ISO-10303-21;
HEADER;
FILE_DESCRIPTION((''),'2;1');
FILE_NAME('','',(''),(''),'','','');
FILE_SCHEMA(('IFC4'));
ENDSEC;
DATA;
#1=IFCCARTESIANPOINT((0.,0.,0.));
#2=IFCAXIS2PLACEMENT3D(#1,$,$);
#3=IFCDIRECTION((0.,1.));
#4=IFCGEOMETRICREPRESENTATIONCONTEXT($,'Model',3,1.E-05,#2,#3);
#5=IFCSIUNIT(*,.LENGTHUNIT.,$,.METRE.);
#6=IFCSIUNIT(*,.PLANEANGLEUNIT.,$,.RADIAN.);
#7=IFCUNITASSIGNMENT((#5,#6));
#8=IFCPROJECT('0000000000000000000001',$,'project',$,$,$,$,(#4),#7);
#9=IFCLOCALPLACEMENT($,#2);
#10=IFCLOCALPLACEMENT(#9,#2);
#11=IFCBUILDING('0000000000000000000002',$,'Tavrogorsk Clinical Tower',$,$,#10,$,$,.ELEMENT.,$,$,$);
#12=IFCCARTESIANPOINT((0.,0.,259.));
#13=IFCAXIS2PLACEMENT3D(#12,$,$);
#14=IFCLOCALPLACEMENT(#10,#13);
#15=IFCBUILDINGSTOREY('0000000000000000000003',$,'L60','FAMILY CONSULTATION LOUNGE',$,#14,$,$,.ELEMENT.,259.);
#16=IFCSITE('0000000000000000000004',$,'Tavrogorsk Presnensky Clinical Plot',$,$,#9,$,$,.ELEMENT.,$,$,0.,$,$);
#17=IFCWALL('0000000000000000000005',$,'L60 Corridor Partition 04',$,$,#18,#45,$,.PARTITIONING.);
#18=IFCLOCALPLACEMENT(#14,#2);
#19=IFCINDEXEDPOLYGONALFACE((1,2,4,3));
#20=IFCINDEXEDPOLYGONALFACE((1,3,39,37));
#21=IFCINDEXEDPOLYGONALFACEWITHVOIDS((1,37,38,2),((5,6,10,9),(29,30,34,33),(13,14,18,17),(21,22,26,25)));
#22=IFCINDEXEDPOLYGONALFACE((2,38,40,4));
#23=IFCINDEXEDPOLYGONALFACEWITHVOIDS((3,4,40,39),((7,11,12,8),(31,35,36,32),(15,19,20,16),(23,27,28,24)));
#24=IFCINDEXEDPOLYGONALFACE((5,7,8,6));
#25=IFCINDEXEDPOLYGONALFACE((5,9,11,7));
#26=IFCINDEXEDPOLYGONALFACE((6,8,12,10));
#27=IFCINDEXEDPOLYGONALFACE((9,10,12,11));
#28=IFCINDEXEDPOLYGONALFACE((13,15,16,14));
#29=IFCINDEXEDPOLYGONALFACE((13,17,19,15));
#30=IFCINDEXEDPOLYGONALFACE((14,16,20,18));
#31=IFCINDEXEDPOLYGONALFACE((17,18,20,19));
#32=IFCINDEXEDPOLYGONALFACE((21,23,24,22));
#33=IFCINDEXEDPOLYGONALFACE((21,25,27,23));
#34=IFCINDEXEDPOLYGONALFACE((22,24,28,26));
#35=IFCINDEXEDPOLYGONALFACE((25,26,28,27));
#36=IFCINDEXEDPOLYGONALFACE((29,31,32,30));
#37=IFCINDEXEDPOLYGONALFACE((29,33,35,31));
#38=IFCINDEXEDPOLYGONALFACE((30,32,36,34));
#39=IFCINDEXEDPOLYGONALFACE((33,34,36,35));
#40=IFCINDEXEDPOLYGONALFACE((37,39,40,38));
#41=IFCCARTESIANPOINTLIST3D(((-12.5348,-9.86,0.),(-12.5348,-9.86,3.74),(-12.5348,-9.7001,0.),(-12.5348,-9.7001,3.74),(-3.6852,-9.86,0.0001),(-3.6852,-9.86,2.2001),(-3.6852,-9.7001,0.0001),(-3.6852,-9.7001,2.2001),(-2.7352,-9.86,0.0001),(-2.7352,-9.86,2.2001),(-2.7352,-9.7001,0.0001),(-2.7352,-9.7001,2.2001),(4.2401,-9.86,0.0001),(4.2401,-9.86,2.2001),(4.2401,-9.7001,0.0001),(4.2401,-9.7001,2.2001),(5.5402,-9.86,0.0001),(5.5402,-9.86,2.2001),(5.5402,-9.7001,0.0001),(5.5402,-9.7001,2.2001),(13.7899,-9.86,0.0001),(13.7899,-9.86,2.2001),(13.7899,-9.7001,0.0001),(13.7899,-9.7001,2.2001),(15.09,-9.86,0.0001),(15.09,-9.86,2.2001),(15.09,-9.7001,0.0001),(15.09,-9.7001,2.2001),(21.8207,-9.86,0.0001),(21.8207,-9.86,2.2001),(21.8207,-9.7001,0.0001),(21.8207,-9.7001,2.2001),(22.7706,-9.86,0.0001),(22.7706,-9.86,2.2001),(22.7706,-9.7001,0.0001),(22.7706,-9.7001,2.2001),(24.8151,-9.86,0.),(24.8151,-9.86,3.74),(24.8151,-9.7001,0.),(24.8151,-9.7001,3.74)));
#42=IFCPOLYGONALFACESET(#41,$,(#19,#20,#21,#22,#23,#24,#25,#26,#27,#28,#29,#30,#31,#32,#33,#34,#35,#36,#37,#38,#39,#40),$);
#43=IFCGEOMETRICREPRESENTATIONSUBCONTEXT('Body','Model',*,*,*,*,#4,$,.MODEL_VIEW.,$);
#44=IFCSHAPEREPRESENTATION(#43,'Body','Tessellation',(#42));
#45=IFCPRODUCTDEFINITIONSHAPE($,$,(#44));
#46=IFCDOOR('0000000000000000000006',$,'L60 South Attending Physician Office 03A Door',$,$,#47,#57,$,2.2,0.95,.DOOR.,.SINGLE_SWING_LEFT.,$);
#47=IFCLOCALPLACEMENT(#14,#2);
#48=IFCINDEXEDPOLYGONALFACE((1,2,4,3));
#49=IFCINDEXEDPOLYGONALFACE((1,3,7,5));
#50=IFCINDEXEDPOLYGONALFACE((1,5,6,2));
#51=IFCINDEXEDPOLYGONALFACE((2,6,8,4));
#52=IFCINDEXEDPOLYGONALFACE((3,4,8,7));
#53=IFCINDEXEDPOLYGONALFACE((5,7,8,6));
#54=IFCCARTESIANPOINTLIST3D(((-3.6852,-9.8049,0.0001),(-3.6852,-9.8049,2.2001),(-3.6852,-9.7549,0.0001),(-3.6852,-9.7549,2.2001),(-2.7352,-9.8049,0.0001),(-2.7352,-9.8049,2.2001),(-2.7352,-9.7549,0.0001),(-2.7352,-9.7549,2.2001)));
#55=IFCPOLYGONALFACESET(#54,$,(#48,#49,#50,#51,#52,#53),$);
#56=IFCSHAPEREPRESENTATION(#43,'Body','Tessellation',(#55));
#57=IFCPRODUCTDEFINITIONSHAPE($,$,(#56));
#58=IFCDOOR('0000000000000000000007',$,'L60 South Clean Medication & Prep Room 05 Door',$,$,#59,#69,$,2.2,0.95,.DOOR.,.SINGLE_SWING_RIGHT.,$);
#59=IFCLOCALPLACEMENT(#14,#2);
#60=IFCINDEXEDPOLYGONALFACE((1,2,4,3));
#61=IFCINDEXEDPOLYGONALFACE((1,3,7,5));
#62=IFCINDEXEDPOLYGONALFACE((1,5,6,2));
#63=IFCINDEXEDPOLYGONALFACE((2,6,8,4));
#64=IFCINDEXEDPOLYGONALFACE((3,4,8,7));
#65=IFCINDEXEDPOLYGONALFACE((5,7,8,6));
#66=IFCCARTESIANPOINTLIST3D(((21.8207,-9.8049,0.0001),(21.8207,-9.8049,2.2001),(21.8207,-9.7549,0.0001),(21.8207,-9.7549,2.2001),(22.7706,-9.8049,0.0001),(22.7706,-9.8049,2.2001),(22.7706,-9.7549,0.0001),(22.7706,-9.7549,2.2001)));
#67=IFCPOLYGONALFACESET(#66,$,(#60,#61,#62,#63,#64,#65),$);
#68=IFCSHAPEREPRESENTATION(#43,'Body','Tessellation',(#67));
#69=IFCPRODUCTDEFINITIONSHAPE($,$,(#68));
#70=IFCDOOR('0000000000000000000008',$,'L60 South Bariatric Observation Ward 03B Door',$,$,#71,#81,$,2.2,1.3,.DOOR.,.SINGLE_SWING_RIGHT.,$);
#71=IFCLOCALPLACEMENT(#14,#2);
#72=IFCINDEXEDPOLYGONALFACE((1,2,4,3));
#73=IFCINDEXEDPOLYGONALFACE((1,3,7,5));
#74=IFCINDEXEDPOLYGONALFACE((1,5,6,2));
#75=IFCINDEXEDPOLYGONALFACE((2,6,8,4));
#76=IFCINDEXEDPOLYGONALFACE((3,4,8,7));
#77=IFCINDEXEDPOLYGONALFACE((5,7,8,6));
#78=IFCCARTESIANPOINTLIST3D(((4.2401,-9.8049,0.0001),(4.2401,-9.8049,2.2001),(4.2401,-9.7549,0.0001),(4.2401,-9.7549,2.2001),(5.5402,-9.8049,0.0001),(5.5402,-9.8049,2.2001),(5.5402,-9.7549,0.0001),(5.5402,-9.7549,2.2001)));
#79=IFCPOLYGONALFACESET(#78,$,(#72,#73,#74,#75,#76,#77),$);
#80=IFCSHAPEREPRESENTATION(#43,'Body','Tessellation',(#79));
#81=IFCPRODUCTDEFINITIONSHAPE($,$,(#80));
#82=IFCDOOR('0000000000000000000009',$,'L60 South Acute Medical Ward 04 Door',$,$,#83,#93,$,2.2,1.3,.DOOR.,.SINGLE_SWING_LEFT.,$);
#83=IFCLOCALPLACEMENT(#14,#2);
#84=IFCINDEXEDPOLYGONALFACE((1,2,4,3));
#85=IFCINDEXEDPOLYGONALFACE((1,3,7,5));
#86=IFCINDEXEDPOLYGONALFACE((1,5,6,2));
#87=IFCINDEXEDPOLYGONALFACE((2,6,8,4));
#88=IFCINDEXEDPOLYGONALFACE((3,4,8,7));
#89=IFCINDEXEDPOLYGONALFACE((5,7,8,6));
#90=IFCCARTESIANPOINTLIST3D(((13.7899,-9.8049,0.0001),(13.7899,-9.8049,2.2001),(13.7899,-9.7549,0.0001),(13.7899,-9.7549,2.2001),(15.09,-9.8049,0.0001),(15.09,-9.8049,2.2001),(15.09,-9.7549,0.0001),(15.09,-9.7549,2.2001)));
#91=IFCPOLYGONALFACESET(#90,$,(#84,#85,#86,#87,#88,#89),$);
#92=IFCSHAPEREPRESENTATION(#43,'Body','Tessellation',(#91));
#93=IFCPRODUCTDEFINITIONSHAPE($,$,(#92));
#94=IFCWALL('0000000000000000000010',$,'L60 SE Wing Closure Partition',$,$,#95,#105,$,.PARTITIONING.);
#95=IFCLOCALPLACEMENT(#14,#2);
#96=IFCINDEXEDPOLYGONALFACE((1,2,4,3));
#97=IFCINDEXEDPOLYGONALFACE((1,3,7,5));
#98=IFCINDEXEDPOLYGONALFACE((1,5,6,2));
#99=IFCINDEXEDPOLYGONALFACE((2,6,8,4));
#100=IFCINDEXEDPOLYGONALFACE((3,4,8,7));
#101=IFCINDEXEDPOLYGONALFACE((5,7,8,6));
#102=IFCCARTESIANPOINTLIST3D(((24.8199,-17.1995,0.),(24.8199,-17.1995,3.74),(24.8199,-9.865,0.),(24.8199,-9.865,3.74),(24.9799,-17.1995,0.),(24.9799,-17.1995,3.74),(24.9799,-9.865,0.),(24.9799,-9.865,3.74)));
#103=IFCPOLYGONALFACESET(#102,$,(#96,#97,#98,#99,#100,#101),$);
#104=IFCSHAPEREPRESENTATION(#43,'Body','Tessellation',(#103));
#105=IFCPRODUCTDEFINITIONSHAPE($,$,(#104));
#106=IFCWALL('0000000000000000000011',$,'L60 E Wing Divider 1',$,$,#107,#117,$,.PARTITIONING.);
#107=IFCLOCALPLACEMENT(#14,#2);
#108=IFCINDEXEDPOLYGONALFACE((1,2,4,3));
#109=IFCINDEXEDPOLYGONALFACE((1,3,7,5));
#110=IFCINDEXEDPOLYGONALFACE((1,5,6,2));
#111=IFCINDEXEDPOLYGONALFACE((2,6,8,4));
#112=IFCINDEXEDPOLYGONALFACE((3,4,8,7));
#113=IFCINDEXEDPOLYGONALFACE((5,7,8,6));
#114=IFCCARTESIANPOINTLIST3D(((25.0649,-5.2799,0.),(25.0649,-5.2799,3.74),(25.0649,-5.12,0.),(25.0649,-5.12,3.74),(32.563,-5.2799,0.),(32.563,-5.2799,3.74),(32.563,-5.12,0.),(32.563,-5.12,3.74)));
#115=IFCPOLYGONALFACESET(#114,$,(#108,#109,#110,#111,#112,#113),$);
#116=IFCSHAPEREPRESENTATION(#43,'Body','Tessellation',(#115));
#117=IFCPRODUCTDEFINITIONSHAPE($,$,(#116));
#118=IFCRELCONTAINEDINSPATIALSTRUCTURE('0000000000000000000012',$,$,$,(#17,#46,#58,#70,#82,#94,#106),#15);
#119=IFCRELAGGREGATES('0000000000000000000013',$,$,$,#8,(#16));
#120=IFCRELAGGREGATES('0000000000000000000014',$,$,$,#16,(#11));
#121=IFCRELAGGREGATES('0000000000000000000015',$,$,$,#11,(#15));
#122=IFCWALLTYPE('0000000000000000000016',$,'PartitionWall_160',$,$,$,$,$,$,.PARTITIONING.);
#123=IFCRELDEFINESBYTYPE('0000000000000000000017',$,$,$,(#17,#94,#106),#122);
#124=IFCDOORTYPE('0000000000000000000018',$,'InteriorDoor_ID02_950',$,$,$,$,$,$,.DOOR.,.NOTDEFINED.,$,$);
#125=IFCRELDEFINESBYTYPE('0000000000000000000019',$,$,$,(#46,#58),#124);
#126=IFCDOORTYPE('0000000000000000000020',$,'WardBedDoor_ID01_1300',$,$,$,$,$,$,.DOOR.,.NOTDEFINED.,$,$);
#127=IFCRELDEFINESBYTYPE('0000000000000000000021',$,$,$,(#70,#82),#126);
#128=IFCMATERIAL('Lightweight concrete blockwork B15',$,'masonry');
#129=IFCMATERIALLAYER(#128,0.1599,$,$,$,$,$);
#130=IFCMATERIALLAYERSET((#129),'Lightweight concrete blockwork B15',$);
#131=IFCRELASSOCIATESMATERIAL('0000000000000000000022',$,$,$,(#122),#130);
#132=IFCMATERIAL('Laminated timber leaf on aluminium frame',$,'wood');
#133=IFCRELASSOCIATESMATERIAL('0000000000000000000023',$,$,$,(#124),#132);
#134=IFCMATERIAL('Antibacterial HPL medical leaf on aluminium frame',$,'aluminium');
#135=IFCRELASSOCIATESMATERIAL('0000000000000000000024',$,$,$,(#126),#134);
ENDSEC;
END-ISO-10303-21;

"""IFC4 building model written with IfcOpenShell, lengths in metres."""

from ifc_helpers import new_model, si_unit, direction, frame, frame_2d, origin, place, context, subcontext, project, spatial, rectangle, extrude, material, layer, layer_set, type_object, element, fill, save


model = new_model("IFC4")

# Units and contexts
model_context = context("Model", 3, precision=1e-05, world=origin(), true_north=direction((0.0, 1.0)))
body_context = subcontext(model_context, "Body", "Model", "MODEL_VIEW")
ifc_project = project(units=[si_unit("LENGTHUNIT", "METRE"), si_unit("PLANEANGLEUNIT", "RADIAN")], contexts=[model_context])

# Site, building, storey
site_placement = place(None, origin())
site = spatial("IfcSite", under=ifc_project, at=site_placement, Name="Tavrogorsk Presnensky Clinical Plot", CompositionType="ELEMENT", RefElevation=0.0)
building_placement = place(site_placement, origin())
building = spatial("IfcBuilding", under=site, at=building_placement, Name="Tavrogorsk Clinical Tower", CompositionType="ELEMENT")
storey_placement = place(building_placement, frame((0.0, 0.0, 259.0)))
storey = spatial("IfcBuildingStorey", under=building, at=storey_placement, Name="L60", Description="FAMILY CONSULTATION LOUNGE", CompositionType="ELEMENT", Elevation=259.0)

# Shared definitions
ifc_material_1 = material(Name="Lightweight concrete blockwork B15", Category="masonry")
ifc_layer_1 = layer(ifc_material_1, 0.1599)
ifc_layer_set_1 = layer_set([ifc_layer_1], Name="Lightweight concrete blockwork B15")
wall_type_1 = type_object("IfcWallType", Name="PartitionWall_160", PredefinedType="PARTITIONING", material=ifc_layer_set_1)

# Wall, openings, doors
wall_1_placement = place(storey_placement, frame((24.8149, -9.78, 0.0), z_axis=(0.0, 0.0, 1.0), x_axis=(-1.0, 0.0, 0.0)))
wall_1 = element("IfcWall", 1, at=wall_1_placement, inside=storey, type_object=wall_type_1, Name="L60 Corridor Partition 04", PredefinedType="PARTITIONING", context=body_context, shape_type="SweptSolid", body=[
    extrude(rectangle(XDim=37.3499, YDim=0.1599, at=frame_2d((18.6748, 0.0))), origin(), (0.0, 0.0, 1.0), 3.74),
])
opening_1_placement = place(wall_1_placement, frame((27.55, 0.0, 0.0)))
opening_1 = element("IfcOpeningElement", 2, at=opening_1_placement, cuts=wall_1, PredefinedType="OPENING", context=body_context, shape_type="SweptSolid", body=[
    extrude(rectangle(XDim=0.95, YDim=2.2, at=frame_2d((0.4751, 1.1001))), frame((0.0, 0.0898, 0.0), z_axis=(0.0, -1.0, 0.0), x_axis=(1.0, 0.0, 0.0)), (0.0, 0.0, 1.0), 0.1799),
])
opening_2_placement = place(wall_1_placement, frame((19.2749, 0.0, 0.0)))
opening_2 = element("IfcOpeningElement", 3, at=opening_2_placement, cuts=wall_1, PredefinedType="OPENING", context=body_context, shape_type="SweptSolid", body=[
    extrude(rectangle(XDim=1.3, YDim=2.2, at=frame_2d((0.6499, 1.1001))), frame((0.0, 0.0898, 0.0), z_axis=(0.0, -1.0, 0.0), x_axis=(1.0, 0.0, 0.0)), (0.0, 0.0, 1.0), 0.1799),
])
opening_3_placement = place(wall_1_placement, frame((9.7251, 0.0, 0.0)))
opening_3 = element("IfcOpeningElement", 4, at=opening_3_placement, cuts=wall_1, PredefinedType="OPENING", context=body_context, shape_type="SweptSolid", body=[
    extrude(rectangle(XDim=1.3, YDim=2.2, at=frame_2d((0.6499, 1.1001))), frame((0.0, 0.0898, 0.0), z_axis=(0.0, -1.0, 0.0), x_axis=(1.0, 0.0, 0.0)), (0.0, 0.0, 1.0), 0.1799),
])
opening_4_placement = place(wall_1_placement, frame((2.0442, 0.0, 0.0)))
opening_4 = element("IfcOpeningElement", 5, at=opening_4_placement, cuts=wall_1, PredefinedType="OPENING", context=body_context, shape_type="SweptSolid", body=[
    extrude(rectangle(XDim=0.95, YDim=2.2, at=frame_2d((0.4751, 1.1001))), frame((0.0, 0.0898, 0.0), z_axis=(0.0, -1.0, 0.0), x_axis=(1.0, 0.0, 0.0)), (0.0, 0.0, 1.0), 0.1799),
])
ifc_material_2 = material(Name="Laminated timber leaf on aluminium frame", Category="wood")
door_type_1 = type_object("IfcDoorType", Name="InteriorDoor_ID02_950", OperationType="NOTDEFINED", PredefinedType="DOOR", material=ifc_material_2)
door_1_placement = place(opening_1_placement, origin())
door_1 = element("IfcDoor", 6, at=door_1_placement, inside=storey, type_object=door_type_1, Name="L60 South Attending Physician Office 03A Door", OperationType="SINGLE_SWING_LEFT", OverallHeight=2.2, OverallWidth=0.95, PredefinedType="DOOR", context=body_context, shape_type="SweptSolid", body=[
    extrude(rectangle(XDim=0.95, YDim=2.2, at=frame_2d((0.4751, 1.1001))), frame((0.0, 0.0249, 0.0), z_axis=(0.0, -1.0, 0.0), x_axis=(1.0, 0.0, 0.0)), (0.0, 0.0, 1.0), 0.05),
])
fill(opening_1, door_1)
door_2_placement = place(opening_4_placement, origin())
door_2 = element("IfcDoor", 7, at=door_2_placement, inside=storey, type_object=door_type_1, Name="L60 South Clean Medication & Prep Room 05 Door", OperationType="SINGLE_SWING_RIGHT", OverallHeight=2.2, OverallWidth=0.95, PredefinedType="DOOR", context=body_context, shape_type="SweptSolid", body=[
    extrude(rectangle(XDim=0.95, YDim=2.2, at=frame_2d((0.4751, 1.1001))), frame((0.0, 0.0249, 0.0), z_axis=(0.0, -1.0, 0.0), x_axis=(1.0, 0.0, 0.0)), (0.0, 0.0, 1.0), 0.05),
])
fill(opening_4, door_2)
ifc_material_3 = material(Name="Antibacterial HPL medical leaf on aluminium frame", Category="aluminium")
door_type_2 = type_object("IfcDoorType", Name="WardBedDoor_ID01_1300", OperationType="NOTDEFINED", PredefinedType="DOOR", material=ifc_material_3)
door_3_placement = place(opening_2_placement, origin())
door_3 = element("IfcDoor", 8, at=door_3_placement, inside=storey, type_object=door_type_2, Name="L60 South Bariatric Observation Ward 03B Door", OperationType="SINGLE_SWING_RIGHT", OverallHeight=2.2, OverallWidth=1.3, PredefinedType="DOOR", context=body_context, shape_type="SweptSolid", body=[
    extrude(rectangle(XDim=1.3, YDim=2.2, at=frame_2d((0.6499, 1.1001))), frame((0.0, 0.0249, 0.0), z_axis=(0.0, -1.0, 0.0), x_axis=(1.0, 0.0, 0.0)), (0.0, 0.0, 1.0), 0.05),
])
fill(opening_2, door_3)
door_4_placement = place(opening_3_placement, origin())
door_4 = element("IfcDoor", 9, at=door_4_placement, inside=storey, type_object=door_type_2, Name="L60 South Acute Medical Ward 04 Door", OperationType="SINGLE_SWING_LEFT", OverallHeight=2.2, OverallWidth=1.3, PredefinedType="DOOR", context=body_context, shape_type="SweptSolid", body=[
    extrude(rectangle(XDim=1.3, YDim=2.2, at=frame_2d((0.6499, 1.1001))), frame((0.0, 0.0249, 0.0), z_axis=(0.0, -1.0, 0.0), x_axis=(1.0, 0.0, 0.0)), (0.0, 0.0, 1.0), 0.05),
])
fill(opening_3, door_4)

# Walls
wall_2_placement = place(storey_placement, frame((24.8999, -17.1995, 0.0), z_axis=(0.0, 0.0, 1.0), x_axis=(0.0, 1.0, 0.0)))
element("IfcWall", 10, at=wall_2_placement, inside=storey, type_object=wall_type_1, Name="L60 SE Wing Closure Partition", PredefinedType="PARTITIONING", context=body_context, shape_type="SweptSolid", body=[
    extrude(rectangle(XDim=7.3345, YDim=0.1599, at=frame_2d((3.6672, 0.0))), origin(), (0.0, 0.0, 1.0), 3.74),
])
wall_3_placement = place(storey_placement, frame((25.0649, -5.2, 0.0), z_axis=(0.0, 0.0, 1.0), x_axis=(1.0, 0.0, 0.0)))
element("IfcWall", 11, at=wall_3_placement, inside=storey, type_object=wall_type_1, Name="L60 E Wing Divider 1", PredefinedType="PARTITIONING", context=body_context, shape_type="SweptSolid", body=[
    extrude(rectangle(XDim=7.498, YDim=0.1599, at=frame_2d((3.749, 0.0))), origin(), (0.0, 0.0, 1.0), 3.74),
])

save(model, "model.ifc")
